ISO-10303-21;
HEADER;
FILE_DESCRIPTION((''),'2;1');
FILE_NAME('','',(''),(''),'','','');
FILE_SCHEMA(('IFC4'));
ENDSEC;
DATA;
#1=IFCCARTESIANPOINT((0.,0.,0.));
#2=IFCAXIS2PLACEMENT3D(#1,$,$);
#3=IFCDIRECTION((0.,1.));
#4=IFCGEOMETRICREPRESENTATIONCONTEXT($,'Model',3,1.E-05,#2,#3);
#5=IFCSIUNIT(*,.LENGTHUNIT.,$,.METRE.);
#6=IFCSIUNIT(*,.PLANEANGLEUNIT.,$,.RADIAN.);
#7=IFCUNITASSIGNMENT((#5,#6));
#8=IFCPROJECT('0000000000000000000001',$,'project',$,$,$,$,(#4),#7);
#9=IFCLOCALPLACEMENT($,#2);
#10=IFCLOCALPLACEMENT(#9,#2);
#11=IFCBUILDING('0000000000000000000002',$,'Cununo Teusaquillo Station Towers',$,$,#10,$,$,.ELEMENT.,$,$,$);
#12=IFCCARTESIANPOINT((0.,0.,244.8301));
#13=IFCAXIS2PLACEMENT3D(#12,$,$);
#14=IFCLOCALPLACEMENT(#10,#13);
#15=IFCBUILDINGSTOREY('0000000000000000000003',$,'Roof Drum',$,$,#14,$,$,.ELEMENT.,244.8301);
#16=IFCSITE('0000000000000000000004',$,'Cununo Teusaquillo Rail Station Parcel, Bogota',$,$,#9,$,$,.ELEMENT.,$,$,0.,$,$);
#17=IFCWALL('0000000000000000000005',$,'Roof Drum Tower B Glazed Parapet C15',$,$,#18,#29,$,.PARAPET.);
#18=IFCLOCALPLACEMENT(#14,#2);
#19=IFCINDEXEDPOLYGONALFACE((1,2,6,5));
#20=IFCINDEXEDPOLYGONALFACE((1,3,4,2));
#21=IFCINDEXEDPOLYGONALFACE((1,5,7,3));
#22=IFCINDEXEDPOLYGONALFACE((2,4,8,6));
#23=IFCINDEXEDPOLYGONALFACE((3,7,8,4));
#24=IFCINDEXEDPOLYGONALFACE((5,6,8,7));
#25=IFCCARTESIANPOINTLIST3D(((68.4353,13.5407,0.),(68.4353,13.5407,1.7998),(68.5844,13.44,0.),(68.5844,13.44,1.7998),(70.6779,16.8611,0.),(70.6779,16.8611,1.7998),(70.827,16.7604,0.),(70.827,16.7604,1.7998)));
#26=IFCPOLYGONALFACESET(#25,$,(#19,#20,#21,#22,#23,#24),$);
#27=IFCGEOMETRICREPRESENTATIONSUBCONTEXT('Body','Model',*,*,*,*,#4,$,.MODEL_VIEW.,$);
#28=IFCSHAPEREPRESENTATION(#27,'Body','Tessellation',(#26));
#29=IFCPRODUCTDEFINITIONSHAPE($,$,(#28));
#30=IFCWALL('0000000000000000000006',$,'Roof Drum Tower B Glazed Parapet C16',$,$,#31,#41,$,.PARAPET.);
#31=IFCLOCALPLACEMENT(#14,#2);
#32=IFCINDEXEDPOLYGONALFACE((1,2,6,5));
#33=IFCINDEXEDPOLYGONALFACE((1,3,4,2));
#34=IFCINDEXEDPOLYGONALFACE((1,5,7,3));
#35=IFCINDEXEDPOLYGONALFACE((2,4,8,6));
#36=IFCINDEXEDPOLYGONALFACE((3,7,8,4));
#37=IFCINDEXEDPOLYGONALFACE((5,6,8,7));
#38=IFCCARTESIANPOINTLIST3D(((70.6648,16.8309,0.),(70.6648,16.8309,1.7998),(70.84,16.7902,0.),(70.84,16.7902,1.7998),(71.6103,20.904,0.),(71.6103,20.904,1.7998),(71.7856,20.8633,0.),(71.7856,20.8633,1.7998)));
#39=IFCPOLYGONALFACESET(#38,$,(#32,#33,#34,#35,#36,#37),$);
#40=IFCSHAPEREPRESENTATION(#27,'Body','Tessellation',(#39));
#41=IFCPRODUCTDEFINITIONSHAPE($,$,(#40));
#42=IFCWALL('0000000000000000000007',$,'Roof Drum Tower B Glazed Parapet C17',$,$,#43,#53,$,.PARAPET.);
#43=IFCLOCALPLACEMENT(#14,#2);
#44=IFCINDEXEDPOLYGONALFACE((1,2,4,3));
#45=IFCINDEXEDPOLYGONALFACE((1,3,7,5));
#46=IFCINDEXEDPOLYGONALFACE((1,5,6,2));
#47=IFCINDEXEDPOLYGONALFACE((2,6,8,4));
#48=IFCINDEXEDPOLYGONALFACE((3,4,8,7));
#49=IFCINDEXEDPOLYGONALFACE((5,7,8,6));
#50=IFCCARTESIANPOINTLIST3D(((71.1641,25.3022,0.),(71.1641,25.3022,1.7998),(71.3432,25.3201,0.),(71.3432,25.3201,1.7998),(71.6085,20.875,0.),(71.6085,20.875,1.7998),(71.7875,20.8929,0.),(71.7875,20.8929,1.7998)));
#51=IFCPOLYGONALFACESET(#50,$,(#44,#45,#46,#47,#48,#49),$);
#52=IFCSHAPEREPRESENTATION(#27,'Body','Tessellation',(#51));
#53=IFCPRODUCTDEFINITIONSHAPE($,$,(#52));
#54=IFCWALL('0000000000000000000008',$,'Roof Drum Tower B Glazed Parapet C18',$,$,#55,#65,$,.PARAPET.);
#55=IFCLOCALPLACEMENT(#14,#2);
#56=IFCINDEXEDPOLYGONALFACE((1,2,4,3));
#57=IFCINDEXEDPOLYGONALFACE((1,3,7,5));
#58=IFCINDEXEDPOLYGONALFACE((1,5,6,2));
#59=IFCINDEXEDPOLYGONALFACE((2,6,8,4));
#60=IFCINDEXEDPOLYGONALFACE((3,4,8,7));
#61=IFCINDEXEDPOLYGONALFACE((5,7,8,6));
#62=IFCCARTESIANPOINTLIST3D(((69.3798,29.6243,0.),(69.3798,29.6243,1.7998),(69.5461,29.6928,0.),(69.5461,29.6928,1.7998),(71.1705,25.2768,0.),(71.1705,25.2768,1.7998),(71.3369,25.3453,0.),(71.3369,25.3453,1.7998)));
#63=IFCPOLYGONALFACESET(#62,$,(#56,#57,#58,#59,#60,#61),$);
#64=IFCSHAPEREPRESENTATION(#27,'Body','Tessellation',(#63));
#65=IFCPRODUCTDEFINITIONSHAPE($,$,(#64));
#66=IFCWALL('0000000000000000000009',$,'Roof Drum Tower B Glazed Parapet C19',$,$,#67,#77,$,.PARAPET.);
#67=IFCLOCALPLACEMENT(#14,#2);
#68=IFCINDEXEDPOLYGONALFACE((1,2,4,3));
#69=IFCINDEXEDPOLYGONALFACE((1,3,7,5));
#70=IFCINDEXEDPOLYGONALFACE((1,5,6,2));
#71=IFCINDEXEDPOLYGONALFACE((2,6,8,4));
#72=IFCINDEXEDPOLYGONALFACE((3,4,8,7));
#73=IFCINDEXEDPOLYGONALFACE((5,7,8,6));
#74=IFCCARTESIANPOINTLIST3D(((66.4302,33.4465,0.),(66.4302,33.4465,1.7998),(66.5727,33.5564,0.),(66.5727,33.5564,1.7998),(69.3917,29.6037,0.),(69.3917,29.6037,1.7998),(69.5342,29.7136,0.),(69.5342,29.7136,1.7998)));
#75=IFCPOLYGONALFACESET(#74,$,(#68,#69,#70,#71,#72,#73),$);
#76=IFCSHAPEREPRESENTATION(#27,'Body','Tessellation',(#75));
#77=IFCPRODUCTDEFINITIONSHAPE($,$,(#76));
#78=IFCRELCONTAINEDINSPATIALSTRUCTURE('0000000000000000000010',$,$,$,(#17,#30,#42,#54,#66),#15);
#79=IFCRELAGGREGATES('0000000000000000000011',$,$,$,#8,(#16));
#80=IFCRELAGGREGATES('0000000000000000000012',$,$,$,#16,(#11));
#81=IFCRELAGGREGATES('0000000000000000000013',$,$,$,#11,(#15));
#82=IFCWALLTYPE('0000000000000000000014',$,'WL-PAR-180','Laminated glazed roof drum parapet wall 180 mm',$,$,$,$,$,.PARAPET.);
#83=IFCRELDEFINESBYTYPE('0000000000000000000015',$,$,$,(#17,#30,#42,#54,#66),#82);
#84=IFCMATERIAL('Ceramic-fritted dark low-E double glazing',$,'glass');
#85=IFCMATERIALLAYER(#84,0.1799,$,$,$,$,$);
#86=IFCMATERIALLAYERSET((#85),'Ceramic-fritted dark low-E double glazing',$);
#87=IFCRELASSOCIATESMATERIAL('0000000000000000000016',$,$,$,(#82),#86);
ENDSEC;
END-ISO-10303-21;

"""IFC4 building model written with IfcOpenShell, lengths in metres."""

from ifc_helpers import new_model, si_unit, direction, frame, frame_2d, origin, place, context, subcontext, project, spatial, rectangle, extrude, material, layer, layer_set, type_object, element, save


model = new_model("IFC4")

# Units and contexts
model_context = context("Model", 3, precision=1e-05, world=origin(), true_north=direction((0.0, 1.0)))
body_context = subcontext(model_context, "Body", "Model", "MODEL_VIEW")
ifc_project = project(units=[si_unit("LENGTHUNIT", "METRE"), si_unit("PLANEANGLEUNIT", "RADIAN")], contexts=[model_context])

# Site, building, storey
site_placement = place(None, origin())
site = spatial("IfcSite", under=ifc_project, at=site_placement, Name="Cununo Teusaquillo Rail Station Parcel, Bogota", CompositionType="ELEMENT", RefElevation=0.0)
building_placement = place(site_placement, origin())
building = spatial("IfcBuilding", under=site, at=building_placement, Name="Cununo Teusaquillo Station Towers", CompositionType="ELEMENT")
storey_placement = place(building_placement, frame((0.0, 0.0, 244.8301)))
storey = spatial("IfcBuildingStorey", under=building, at=storey_placement, Name="Roof Drum", CompositionType="ELEMENT", Elevation=244.8301)

# Walls
ifc_material_1 = material(Name="Ceramic-fritted dark low-E double glazing", Category="glass")
ifc_layer_1 = layer(ifc_material_1, 0.1799)
ifc_layer_set_1 = layer_set([ifc_layer_1], Name="Ceramic-fritted dark low-E double glazing")
wall_type = type_object("IfcWallType", Name="WL-PAR-180", Description="Laminated glazed roof drum parapet wall 180 mm", PredefinedType="PARAPET", material=ifc_layer_set_1)
for number, where, z_axis, x_axis, name in (
    (1, (70.7524, 16.8108, 0.0), (0.0, 0.0, 1.0), (-0.559696, -0.828698, 0.0), "Roof Drum Tower B Glazed Parapet C15"),
):
    element("IfcWall", number, at=place(storey_placement, frame(where, z_axis=z_axis, x_axis=x_axis)), inside=storey, type_object=wall_type, Name=name, PredefinedType="PARAPET", context=body_context, shape_type="SweptSolid", body=[
        extrude(rectangle(XDim=4.0068, YDim=0.1799, at=frame_2d((2.0034, 0.0))), origin(), (0.0, 0.0, 1.0), 1.7998),
    ])
wall_1_placement = place(storey_placement, frame((71.698, 20.8838, 0.0), z_axis=(0.0, 0.0, 1.0), x_axis=(-0.226139, -0.974095, 0.0)))
element("IfcWall", 2, at=wall_1_placement, inside=storey, type_object=wall_type, Name="Roof Drum Tower B Glazed Parapet C16", PredefinedType="PARAPET", context=body_context, shape_type="SweptSolid", body=[
    extrude(rectangle(XDim=4.1814, YDim=0.1799, at=frame_2d((2.0908, 0.0))), origin(), (0.0, 0.0, 1.0), 1.7998),
])
wall_2_placement = place(storey_placement, frame((71.2537, 25.311, 0.0), z_axis=(0.0, 0.0, 1.0), x_axis=(0.099862, -0.995001, 0.0)))
element("IfcWall", 3, at=wall_2_placement, inside=storey, type_object=wall_type, Name="Roof Drum Tower B Glazed Parapet C17", PredefinedType="PARAPET", context=body_context, shape_type="SweptSolid", body=[
    extrude(rectangle(XDim=4.4495, YDim=0.1799, at=frame_2d((2.2246, 0.0))), origin(), (0.0, 0.0, 1.0), 1.7998),
])
wall_3_placement = place(storey_placement, frame((69.4629, 29.6587, 0.0), z_axis=(0.0, 0.0, 1.0), x_axis=(0.380852, -0.924636, 0.0)))
element("IfcWall", 4, at=wall_3_placement, inside=storey, type_object=wall_type, Name="Roof Drum Tower B Glazed Parapet C18", PredefinedType="PARAPET", context=body_context, shape_type="SweptSolid", body=[
    extrude(rectangle(XDim=4.7019, YDim=0.1799, at=frame_2d((2.3511, 0.0))), origin(), (0.0, 0.0, 1.0), 1.7998),
])
wall_4_placement = place(storey_placement, frame((66.5015, 33.5015, 0.0), z_axis=(0.0, 0.0, 1.0), x_axis=(0.610416, -0.792081, 0.0)))
element("IfcWall", 5, at=wall_4_placement, inside=storey, type_object=wall_type, Name="Roof Drum Tower B Glazed Parapet C19", PredefinedType="PARAPET", context=body_context, shape_type="SweptSolid", body=[
    extrude(rectangle(XDim=4.8516, YDim=0.1799, at=frame_2d((2.4258, 0.0))), origin(), (0.0, 0.0, 1.0), 1.7998),
])

save(model, "model.ifc")
